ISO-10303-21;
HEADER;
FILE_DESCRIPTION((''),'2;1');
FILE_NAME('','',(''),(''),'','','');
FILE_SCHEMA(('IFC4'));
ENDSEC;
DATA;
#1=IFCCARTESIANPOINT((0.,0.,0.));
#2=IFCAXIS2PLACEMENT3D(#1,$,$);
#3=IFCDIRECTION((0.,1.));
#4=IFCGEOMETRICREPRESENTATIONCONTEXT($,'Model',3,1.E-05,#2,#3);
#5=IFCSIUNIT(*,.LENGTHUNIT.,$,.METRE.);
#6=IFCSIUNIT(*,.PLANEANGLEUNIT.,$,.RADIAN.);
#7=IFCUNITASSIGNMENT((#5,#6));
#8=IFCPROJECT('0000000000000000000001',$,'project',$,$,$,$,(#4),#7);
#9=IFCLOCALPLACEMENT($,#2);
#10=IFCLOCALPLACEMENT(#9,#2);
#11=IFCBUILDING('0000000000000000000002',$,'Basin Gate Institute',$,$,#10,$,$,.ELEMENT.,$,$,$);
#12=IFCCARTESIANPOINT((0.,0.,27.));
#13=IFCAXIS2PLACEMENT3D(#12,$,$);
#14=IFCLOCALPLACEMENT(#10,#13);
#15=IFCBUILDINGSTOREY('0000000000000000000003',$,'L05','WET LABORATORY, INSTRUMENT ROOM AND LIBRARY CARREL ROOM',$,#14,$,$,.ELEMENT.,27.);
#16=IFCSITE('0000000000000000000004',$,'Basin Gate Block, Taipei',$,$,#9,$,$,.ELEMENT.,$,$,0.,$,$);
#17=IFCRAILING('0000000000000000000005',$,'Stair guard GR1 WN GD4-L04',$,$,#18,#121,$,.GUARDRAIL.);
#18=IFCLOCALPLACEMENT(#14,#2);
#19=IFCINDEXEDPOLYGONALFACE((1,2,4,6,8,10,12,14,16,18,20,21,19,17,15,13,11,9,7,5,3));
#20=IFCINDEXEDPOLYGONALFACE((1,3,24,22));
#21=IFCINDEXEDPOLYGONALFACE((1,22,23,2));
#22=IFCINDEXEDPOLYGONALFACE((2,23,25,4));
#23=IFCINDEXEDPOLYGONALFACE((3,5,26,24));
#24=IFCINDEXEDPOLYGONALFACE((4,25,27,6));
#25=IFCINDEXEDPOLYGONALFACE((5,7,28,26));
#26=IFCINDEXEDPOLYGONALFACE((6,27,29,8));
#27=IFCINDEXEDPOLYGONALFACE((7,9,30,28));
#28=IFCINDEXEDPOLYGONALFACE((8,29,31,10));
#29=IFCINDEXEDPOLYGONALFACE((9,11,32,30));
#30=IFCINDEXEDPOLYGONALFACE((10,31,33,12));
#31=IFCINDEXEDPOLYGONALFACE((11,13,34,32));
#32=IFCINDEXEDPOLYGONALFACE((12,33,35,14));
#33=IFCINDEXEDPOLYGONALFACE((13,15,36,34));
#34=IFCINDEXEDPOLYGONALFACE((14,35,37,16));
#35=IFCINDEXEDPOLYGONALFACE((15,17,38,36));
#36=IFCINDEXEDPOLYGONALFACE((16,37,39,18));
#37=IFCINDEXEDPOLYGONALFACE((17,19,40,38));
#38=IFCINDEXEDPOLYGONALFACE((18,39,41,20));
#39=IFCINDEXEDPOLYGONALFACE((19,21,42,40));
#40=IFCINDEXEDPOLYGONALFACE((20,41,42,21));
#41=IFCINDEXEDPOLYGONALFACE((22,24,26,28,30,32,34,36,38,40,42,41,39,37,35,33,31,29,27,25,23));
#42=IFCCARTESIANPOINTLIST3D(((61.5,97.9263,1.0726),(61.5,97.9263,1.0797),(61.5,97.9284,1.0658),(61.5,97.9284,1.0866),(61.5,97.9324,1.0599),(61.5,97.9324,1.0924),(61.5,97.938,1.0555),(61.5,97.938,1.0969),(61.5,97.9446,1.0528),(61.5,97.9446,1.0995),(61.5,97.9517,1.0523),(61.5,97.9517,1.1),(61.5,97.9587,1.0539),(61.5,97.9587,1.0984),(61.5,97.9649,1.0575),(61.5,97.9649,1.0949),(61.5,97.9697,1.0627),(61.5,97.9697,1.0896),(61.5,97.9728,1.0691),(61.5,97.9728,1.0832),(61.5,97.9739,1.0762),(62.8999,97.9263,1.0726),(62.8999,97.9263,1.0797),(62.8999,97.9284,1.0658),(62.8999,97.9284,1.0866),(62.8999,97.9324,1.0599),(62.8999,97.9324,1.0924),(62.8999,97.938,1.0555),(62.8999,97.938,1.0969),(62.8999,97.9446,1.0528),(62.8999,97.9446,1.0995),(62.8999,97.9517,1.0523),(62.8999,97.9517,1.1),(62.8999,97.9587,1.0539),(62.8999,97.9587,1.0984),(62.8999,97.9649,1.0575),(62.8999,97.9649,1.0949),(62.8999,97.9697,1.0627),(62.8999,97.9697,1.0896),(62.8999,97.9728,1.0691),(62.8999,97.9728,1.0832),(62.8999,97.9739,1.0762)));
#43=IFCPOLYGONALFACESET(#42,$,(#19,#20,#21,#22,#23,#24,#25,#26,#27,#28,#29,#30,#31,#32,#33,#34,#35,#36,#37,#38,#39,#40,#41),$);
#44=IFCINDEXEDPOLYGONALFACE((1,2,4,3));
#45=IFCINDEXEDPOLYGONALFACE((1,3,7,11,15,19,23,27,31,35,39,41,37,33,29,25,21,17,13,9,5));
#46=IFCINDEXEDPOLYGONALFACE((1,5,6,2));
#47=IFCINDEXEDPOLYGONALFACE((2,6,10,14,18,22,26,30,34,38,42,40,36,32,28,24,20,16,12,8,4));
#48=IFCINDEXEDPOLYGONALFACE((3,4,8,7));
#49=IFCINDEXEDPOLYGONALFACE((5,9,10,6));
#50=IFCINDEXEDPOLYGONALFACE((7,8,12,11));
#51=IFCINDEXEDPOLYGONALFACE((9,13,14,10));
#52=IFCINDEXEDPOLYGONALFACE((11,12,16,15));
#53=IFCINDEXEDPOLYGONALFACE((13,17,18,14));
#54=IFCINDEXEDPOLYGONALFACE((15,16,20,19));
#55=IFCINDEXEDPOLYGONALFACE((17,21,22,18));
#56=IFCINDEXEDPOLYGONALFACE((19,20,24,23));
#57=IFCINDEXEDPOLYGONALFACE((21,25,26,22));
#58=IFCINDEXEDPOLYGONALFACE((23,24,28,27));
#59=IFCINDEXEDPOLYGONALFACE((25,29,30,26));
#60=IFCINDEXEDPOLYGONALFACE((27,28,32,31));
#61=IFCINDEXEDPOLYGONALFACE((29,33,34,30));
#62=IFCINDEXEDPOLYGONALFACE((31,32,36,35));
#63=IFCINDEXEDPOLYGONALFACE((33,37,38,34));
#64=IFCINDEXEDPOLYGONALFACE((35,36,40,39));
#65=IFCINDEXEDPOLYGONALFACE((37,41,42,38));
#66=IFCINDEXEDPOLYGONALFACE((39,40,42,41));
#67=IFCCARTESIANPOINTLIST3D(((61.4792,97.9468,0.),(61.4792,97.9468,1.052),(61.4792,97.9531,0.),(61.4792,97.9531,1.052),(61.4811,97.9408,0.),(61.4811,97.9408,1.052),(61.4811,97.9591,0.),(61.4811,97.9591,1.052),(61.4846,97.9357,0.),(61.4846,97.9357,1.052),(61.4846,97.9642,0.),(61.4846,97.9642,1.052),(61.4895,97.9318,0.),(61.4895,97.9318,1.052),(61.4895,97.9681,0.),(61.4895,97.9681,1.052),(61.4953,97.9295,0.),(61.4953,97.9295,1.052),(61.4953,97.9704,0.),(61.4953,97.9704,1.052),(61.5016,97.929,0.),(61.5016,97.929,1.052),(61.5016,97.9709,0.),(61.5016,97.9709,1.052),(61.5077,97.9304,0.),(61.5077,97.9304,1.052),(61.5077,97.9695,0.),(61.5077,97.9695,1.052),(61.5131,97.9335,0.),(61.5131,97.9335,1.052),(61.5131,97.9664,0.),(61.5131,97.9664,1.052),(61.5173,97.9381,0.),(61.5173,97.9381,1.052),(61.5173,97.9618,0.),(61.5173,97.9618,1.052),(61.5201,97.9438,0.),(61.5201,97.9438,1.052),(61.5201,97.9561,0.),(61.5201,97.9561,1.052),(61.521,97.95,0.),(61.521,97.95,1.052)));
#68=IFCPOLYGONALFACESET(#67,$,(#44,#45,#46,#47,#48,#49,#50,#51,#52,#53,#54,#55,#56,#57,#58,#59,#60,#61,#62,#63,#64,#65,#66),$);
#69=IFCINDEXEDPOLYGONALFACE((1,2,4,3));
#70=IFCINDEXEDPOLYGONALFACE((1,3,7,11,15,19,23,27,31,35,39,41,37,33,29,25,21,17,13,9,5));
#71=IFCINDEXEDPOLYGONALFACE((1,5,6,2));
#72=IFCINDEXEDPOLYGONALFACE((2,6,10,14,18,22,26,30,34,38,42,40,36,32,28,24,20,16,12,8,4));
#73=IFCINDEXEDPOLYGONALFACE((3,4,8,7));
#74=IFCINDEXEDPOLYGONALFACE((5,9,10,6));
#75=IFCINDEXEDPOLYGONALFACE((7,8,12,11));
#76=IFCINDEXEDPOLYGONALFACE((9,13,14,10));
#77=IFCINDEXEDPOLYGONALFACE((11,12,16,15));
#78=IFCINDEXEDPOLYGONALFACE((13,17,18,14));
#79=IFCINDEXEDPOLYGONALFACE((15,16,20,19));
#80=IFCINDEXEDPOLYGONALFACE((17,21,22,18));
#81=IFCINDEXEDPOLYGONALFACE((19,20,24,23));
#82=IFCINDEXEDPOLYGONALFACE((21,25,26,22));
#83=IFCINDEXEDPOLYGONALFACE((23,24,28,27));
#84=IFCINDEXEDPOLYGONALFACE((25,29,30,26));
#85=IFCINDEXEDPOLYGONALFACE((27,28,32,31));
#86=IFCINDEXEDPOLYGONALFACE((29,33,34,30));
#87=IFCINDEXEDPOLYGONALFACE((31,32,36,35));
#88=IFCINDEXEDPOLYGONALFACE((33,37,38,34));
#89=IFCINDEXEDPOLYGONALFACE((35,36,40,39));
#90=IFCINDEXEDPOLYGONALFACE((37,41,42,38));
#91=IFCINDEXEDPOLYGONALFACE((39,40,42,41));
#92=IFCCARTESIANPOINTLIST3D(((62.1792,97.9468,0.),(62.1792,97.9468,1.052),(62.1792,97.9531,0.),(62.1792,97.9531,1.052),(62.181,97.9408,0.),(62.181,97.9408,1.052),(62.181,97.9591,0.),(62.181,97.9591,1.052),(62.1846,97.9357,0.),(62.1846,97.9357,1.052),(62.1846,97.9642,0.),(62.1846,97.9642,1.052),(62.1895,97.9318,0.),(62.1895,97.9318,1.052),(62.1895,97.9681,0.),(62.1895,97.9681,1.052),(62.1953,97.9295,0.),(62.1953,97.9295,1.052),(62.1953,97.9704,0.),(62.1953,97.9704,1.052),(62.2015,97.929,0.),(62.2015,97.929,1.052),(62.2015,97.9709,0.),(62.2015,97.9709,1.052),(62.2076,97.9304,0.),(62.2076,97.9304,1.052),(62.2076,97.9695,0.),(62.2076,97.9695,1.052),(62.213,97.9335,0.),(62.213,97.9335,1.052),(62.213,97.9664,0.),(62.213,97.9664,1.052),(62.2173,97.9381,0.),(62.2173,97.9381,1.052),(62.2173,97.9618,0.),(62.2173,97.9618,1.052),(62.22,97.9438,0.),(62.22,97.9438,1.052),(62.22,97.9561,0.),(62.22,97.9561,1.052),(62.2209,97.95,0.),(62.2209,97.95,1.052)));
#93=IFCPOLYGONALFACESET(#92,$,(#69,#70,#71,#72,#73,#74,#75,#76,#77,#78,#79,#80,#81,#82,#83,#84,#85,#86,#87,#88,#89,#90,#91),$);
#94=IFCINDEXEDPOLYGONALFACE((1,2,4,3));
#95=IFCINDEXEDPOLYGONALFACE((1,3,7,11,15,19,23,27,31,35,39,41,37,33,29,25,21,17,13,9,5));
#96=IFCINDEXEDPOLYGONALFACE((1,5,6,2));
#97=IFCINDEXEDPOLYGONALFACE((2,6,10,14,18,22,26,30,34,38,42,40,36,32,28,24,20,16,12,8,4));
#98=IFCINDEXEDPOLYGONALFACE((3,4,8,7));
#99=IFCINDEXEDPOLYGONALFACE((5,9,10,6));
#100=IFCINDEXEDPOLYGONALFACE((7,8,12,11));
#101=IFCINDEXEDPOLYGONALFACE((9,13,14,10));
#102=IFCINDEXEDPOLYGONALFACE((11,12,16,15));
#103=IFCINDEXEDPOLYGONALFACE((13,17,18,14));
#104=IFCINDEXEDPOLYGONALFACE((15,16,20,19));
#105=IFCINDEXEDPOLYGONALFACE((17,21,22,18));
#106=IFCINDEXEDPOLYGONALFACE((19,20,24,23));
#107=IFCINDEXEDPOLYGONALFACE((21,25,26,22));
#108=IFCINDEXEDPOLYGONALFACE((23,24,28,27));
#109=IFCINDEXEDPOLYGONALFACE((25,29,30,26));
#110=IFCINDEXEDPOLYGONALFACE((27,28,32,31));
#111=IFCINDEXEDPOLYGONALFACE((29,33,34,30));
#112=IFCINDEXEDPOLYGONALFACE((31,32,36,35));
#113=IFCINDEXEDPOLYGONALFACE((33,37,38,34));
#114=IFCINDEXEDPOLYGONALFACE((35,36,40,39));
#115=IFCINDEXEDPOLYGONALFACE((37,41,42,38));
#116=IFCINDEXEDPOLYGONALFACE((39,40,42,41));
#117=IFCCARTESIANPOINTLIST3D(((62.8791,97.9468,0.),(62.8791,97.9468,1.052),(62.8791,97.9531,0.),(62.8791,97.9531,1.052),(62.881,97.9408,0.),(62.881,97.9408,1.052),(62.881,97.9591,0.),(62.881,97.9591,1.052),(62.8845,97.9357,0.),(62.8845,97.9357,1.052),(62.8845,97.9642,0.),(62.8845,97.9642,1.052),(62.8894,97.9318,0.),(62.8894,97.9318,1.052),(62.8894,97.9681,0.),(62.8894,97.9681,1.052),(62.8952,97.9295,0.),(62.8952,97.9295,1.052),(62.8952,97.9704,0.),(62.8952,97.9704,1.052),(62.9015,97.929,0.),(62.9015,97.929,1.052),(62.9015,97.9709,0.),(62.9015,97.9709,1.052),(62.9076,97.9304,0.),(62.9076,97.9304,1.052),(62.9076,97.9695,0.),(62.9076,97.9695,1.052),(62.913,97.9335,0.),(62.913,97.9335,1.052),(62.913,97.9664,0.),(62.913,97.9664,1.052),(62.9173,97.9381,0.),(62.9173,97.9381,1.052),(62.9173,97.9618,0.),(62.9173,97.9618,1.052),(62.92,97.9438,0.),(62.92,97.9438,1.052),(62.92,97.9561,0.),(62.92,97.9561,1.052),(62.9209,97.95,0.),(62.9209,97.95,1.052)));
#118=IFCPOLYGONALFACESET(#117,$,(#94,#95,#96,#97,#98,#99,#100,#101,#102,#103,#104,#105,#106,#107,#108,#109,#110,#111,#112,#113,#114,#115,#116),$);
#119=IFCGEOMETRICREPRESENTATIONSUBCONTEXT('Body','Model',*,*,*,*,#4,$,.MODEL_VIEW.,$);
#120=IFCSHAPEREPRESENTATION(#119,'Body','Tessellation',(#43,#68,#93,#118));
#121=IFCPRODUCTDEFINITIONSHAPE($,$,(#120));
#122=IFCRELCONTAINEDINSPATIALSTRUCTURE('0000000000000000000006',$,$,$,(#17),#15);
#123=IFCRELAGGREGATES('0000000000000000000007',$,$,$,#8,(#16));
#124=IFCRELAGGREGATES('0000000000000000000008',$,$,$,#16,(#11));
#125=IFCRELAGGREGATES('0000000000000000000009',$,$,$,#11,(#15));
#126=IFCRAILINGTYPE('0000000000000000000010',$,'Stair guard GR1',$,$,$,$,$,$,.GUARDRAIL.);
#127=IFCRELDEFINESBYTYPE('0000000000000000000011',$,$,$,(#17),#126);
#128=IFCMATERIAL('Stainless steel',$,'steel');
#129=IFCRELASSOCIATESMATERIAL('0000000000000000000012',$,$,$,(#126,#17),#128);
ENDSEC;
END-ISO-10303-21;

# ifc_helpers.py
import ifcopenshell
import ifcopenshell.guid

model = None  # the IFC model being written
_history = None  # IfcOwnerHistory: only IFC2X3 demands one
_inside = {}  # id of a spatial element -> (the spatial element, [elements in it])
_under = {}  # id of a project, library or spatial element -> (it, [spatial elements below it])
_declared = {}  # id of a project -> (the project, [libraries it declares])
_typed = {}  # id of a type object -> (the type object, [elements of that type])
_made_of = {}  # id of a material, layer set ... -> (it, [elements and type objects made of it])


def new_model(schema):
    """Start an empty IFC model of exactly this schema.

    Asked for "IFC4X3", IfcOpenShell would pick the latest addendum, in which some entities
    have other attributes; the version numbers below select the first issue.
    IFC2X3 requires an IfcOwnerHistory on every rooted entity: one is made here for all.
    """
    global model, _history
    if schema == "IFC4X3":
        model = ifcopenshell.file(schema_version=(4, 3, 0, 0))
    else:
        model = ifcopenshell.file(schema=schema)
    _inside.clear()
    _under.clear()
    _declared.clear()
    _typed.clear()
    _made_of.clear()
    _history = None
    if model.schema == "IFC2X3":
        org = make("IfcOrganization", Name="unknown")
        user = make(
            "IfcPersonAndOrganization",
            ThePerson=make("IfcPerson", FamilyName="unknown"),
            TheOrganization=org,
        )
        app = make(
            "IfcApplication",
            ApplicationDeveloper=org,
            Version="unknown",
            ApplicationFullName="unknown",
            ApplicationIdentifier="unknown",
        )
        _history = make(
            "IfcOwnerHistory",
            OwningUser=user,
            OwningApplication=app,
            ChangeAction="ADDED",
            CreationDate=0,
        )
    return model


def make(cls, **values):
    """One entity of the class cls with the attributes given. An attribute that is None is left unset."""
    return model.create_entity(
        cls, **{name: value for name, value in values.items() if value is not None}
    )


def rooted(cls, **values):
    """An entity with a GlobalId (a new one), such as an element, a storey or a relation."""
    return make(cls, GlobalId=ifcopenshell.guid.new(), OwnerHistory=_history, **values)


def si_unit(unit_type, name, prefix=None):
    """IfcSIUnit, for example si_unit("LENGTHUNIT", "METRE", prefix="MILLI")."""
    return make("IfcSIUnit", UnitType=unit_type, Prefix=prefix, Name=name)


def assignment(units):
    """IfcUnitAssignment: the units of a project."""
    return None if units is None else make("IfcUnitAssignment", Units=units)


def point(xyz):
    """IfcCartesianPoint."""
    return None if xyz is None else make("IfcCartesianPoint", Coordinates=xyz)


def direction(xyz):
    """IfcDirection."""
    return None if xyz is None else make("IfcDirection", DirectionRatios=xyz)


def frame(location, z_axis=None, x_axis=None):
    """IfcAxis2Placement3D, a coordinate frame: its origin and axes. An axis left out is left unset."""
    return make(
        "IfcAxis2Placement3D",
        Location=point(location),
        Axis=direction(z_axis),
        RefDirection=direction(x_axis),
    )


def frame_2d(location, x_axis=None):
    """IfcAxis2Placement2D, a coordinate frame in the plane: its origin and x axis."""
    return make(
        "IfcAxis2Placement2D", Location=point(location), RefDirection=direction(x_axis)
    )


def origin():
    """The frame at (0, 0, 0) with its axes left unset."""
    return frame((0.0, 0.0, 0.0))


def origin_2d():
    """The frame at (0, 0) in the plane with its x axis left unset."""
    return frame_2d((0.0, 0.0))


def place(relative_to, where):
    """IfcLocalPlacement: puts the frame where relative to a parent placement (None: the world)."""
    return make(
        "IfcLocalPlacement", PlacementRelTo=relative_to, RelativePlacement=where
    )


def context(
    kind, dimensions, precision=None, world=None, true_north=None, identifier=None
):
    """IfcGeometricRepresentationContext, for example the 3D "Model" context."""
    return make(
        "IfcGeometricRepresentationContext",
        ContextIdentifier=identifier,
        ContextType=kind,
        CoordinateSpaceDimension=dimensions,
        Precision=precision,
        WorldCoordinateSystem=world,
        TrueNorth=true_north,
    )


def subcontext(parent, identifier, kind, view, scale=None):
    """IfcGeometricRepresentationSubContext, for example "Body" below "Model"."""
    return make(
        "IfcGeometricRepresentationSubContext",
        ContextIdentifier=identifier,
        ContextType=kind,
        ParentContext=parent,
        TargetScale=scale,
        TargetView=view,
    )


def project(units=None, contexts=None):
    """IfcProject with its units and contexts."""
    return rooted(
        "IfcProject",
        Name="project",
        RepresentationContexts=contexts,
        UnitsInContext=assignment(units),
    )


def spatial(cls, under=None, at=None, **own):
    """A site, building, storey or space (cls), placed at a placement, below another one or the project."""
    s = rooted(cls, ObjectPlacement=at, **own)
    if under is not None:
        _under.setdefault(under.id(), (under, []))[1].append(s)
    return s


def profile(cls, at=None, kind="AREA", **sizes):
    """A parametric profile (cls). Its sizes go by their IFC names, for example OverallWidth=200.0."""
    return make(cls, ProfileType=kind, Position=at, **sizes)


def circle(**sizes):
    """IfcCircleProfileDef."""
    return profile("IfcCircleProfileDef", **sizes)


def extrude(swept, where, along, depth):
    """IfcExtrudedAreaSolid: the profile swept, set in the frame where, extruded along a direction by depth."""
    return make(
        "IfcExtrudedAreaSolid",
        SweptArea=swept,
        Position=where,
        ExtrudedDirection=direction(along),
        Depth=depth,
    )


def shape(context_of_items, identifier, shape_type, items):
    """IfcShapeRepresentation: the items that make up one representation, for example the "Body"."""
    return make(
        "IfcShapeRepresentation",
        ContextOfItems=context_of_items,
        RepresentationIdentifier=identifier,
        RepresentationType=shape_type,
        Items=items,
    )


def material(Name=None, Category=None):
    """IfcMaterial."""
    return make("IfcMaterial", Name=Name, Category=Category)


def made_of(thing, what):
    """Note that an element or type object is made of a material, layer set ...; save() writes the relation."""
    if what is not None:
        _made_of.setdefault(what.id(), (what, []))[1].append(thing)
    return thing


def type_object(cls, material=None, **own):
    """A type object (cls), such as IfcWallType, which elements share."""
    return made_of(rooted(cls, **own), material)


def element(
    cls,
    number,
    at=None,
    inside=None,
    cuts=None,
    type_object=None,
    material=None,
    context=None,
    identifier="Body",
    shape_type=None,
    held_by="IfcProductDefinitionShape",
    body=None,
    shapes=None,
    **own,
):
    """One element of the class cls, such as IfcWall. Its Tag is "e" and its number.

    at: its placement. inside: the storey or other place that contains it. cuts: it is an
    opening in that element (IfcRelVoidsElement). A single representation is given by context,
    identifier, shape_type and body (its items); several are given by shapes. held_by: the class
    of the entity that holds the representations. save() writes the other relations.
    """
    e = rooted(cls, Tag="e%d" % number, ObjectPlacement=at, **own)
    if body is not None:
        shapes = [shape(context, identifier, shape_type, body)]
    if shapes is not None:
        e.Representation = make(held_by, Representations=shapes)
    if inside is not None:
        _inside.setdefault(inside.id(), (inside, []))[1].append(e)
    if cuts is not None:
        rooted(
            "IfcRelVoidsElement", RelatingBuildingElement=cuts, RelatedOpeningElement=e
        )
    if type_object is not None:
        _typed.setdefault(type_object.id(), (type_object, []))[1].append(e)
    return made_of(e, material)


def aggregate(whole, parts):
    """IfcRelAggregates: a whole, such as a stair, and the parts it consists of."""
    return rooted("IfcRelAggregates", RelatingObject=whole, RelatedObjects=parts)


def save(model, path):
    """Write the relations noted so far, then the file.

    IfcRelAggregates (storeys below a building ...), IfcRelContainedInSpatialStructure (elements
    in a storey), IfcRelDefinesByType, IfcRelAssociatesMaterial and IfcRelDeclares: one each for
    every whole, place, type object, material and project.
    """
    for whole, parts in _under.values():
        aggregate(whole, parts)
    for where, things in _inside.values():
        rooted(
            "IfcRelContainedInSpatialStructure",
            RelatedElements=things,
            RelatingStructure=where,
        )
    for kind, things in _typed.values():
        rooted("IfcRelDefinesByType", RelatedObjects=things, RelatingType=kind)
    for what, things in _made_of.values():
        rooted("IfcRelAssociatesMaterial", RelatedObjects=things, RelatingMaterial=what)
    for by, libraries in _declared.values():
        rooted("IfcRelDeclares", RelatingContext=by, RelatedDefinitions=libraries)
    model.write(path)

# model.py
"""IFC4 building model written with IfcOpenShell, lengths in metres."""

from ifc_helpers import new_model, si_unit, direction, frame, origin, origin_2d, place, context, subcontext, project, spatial, circle, extrude, material, type_object, element, save


model = new_model("IFC4")

# Units and contexts
model_context = context("Model", 3, precision=1e-05, world=origin(), true_north=direction((0.0, 1.0)))
body_context = subcontext(model_context, "Body", "Model", "MODEL_VIEW")
ifc_project = project(units=[si_unit("LENGTHUNIT", "METRE"), si_unit("PLANEANGLEUNIT", "RADIAN")], contexts=[model_context])

# Site, building, storey
site_placement = place(None, origin())
site = spatial("IfcSite", under=ifc_project, at=site_placement, Name="Basin Gate Block, Taipei", CompositionType="ELEMENT", RefElevation=0.0)
building_placement = place(site_placement, origin())
building = spatial("IfcBuilding", under=site, at=building_placement, Name="Basin Gate Institute", CompositionType="ELEMENT")
storey_placement = place(building_placement, frame((0.0, 0.0, 27.0)))
storey = spatial("IfcBuildingStorey", under=building, at=storey_placement, Name="L05", Description="WET LABORATORY, INSTRUMENT ROOM AND LIBRARY CARREL ROOM", CompositionType="ELEMENT", Elevation=27.0)

# Railing
ifc_material_1 = material(Name="Stainless steel", Category="steel")
railing_type_1 = type_object("IfcRailingType", Name="Stair guard GR1", PredefinedType="GUARDRAIL", material=ifc_material_1)
railing_1_placement = place(storey_placement, frame((61.5, 97.95, 0.0)))
element("IfcRailing", 1, at=railing_1_placement, inside=storey, type_object=railing_type_1, material=ifc_material_1, Name="Stair guard GR1 WN GD4-L04", PredefinedType="GUARDRAIL", context=body_context, shape_type="SweptSolid", body=[
    extrude(circle(Radius=0.0239, at=origin_2d()), frame((0.0, 0.0, 1.0762), z_axis=(1.0, 0.0, 0.0), x_axis=(0.0, 1.0, 0.0)), (0.0, 0.0, 1.0), 1.3999),
    extrude(circle(Radius=0.021, at=origin_2d()), origin(), (0.0, 0.0, 1.0), 1.052),
    extrude(circle(Radius=0.021, at=origin_2d()), frame((0.7, 0.0, 0.0)), (0.0, 0.0, 1.0), 1.052),
    extrude(circle(Radius=0.021, at=origin_2d()), frame((1.3999, 0.0, 0.0)), (0.0, 0.0, 1.0), 1.052),
])

save(model, "model.ifc")
